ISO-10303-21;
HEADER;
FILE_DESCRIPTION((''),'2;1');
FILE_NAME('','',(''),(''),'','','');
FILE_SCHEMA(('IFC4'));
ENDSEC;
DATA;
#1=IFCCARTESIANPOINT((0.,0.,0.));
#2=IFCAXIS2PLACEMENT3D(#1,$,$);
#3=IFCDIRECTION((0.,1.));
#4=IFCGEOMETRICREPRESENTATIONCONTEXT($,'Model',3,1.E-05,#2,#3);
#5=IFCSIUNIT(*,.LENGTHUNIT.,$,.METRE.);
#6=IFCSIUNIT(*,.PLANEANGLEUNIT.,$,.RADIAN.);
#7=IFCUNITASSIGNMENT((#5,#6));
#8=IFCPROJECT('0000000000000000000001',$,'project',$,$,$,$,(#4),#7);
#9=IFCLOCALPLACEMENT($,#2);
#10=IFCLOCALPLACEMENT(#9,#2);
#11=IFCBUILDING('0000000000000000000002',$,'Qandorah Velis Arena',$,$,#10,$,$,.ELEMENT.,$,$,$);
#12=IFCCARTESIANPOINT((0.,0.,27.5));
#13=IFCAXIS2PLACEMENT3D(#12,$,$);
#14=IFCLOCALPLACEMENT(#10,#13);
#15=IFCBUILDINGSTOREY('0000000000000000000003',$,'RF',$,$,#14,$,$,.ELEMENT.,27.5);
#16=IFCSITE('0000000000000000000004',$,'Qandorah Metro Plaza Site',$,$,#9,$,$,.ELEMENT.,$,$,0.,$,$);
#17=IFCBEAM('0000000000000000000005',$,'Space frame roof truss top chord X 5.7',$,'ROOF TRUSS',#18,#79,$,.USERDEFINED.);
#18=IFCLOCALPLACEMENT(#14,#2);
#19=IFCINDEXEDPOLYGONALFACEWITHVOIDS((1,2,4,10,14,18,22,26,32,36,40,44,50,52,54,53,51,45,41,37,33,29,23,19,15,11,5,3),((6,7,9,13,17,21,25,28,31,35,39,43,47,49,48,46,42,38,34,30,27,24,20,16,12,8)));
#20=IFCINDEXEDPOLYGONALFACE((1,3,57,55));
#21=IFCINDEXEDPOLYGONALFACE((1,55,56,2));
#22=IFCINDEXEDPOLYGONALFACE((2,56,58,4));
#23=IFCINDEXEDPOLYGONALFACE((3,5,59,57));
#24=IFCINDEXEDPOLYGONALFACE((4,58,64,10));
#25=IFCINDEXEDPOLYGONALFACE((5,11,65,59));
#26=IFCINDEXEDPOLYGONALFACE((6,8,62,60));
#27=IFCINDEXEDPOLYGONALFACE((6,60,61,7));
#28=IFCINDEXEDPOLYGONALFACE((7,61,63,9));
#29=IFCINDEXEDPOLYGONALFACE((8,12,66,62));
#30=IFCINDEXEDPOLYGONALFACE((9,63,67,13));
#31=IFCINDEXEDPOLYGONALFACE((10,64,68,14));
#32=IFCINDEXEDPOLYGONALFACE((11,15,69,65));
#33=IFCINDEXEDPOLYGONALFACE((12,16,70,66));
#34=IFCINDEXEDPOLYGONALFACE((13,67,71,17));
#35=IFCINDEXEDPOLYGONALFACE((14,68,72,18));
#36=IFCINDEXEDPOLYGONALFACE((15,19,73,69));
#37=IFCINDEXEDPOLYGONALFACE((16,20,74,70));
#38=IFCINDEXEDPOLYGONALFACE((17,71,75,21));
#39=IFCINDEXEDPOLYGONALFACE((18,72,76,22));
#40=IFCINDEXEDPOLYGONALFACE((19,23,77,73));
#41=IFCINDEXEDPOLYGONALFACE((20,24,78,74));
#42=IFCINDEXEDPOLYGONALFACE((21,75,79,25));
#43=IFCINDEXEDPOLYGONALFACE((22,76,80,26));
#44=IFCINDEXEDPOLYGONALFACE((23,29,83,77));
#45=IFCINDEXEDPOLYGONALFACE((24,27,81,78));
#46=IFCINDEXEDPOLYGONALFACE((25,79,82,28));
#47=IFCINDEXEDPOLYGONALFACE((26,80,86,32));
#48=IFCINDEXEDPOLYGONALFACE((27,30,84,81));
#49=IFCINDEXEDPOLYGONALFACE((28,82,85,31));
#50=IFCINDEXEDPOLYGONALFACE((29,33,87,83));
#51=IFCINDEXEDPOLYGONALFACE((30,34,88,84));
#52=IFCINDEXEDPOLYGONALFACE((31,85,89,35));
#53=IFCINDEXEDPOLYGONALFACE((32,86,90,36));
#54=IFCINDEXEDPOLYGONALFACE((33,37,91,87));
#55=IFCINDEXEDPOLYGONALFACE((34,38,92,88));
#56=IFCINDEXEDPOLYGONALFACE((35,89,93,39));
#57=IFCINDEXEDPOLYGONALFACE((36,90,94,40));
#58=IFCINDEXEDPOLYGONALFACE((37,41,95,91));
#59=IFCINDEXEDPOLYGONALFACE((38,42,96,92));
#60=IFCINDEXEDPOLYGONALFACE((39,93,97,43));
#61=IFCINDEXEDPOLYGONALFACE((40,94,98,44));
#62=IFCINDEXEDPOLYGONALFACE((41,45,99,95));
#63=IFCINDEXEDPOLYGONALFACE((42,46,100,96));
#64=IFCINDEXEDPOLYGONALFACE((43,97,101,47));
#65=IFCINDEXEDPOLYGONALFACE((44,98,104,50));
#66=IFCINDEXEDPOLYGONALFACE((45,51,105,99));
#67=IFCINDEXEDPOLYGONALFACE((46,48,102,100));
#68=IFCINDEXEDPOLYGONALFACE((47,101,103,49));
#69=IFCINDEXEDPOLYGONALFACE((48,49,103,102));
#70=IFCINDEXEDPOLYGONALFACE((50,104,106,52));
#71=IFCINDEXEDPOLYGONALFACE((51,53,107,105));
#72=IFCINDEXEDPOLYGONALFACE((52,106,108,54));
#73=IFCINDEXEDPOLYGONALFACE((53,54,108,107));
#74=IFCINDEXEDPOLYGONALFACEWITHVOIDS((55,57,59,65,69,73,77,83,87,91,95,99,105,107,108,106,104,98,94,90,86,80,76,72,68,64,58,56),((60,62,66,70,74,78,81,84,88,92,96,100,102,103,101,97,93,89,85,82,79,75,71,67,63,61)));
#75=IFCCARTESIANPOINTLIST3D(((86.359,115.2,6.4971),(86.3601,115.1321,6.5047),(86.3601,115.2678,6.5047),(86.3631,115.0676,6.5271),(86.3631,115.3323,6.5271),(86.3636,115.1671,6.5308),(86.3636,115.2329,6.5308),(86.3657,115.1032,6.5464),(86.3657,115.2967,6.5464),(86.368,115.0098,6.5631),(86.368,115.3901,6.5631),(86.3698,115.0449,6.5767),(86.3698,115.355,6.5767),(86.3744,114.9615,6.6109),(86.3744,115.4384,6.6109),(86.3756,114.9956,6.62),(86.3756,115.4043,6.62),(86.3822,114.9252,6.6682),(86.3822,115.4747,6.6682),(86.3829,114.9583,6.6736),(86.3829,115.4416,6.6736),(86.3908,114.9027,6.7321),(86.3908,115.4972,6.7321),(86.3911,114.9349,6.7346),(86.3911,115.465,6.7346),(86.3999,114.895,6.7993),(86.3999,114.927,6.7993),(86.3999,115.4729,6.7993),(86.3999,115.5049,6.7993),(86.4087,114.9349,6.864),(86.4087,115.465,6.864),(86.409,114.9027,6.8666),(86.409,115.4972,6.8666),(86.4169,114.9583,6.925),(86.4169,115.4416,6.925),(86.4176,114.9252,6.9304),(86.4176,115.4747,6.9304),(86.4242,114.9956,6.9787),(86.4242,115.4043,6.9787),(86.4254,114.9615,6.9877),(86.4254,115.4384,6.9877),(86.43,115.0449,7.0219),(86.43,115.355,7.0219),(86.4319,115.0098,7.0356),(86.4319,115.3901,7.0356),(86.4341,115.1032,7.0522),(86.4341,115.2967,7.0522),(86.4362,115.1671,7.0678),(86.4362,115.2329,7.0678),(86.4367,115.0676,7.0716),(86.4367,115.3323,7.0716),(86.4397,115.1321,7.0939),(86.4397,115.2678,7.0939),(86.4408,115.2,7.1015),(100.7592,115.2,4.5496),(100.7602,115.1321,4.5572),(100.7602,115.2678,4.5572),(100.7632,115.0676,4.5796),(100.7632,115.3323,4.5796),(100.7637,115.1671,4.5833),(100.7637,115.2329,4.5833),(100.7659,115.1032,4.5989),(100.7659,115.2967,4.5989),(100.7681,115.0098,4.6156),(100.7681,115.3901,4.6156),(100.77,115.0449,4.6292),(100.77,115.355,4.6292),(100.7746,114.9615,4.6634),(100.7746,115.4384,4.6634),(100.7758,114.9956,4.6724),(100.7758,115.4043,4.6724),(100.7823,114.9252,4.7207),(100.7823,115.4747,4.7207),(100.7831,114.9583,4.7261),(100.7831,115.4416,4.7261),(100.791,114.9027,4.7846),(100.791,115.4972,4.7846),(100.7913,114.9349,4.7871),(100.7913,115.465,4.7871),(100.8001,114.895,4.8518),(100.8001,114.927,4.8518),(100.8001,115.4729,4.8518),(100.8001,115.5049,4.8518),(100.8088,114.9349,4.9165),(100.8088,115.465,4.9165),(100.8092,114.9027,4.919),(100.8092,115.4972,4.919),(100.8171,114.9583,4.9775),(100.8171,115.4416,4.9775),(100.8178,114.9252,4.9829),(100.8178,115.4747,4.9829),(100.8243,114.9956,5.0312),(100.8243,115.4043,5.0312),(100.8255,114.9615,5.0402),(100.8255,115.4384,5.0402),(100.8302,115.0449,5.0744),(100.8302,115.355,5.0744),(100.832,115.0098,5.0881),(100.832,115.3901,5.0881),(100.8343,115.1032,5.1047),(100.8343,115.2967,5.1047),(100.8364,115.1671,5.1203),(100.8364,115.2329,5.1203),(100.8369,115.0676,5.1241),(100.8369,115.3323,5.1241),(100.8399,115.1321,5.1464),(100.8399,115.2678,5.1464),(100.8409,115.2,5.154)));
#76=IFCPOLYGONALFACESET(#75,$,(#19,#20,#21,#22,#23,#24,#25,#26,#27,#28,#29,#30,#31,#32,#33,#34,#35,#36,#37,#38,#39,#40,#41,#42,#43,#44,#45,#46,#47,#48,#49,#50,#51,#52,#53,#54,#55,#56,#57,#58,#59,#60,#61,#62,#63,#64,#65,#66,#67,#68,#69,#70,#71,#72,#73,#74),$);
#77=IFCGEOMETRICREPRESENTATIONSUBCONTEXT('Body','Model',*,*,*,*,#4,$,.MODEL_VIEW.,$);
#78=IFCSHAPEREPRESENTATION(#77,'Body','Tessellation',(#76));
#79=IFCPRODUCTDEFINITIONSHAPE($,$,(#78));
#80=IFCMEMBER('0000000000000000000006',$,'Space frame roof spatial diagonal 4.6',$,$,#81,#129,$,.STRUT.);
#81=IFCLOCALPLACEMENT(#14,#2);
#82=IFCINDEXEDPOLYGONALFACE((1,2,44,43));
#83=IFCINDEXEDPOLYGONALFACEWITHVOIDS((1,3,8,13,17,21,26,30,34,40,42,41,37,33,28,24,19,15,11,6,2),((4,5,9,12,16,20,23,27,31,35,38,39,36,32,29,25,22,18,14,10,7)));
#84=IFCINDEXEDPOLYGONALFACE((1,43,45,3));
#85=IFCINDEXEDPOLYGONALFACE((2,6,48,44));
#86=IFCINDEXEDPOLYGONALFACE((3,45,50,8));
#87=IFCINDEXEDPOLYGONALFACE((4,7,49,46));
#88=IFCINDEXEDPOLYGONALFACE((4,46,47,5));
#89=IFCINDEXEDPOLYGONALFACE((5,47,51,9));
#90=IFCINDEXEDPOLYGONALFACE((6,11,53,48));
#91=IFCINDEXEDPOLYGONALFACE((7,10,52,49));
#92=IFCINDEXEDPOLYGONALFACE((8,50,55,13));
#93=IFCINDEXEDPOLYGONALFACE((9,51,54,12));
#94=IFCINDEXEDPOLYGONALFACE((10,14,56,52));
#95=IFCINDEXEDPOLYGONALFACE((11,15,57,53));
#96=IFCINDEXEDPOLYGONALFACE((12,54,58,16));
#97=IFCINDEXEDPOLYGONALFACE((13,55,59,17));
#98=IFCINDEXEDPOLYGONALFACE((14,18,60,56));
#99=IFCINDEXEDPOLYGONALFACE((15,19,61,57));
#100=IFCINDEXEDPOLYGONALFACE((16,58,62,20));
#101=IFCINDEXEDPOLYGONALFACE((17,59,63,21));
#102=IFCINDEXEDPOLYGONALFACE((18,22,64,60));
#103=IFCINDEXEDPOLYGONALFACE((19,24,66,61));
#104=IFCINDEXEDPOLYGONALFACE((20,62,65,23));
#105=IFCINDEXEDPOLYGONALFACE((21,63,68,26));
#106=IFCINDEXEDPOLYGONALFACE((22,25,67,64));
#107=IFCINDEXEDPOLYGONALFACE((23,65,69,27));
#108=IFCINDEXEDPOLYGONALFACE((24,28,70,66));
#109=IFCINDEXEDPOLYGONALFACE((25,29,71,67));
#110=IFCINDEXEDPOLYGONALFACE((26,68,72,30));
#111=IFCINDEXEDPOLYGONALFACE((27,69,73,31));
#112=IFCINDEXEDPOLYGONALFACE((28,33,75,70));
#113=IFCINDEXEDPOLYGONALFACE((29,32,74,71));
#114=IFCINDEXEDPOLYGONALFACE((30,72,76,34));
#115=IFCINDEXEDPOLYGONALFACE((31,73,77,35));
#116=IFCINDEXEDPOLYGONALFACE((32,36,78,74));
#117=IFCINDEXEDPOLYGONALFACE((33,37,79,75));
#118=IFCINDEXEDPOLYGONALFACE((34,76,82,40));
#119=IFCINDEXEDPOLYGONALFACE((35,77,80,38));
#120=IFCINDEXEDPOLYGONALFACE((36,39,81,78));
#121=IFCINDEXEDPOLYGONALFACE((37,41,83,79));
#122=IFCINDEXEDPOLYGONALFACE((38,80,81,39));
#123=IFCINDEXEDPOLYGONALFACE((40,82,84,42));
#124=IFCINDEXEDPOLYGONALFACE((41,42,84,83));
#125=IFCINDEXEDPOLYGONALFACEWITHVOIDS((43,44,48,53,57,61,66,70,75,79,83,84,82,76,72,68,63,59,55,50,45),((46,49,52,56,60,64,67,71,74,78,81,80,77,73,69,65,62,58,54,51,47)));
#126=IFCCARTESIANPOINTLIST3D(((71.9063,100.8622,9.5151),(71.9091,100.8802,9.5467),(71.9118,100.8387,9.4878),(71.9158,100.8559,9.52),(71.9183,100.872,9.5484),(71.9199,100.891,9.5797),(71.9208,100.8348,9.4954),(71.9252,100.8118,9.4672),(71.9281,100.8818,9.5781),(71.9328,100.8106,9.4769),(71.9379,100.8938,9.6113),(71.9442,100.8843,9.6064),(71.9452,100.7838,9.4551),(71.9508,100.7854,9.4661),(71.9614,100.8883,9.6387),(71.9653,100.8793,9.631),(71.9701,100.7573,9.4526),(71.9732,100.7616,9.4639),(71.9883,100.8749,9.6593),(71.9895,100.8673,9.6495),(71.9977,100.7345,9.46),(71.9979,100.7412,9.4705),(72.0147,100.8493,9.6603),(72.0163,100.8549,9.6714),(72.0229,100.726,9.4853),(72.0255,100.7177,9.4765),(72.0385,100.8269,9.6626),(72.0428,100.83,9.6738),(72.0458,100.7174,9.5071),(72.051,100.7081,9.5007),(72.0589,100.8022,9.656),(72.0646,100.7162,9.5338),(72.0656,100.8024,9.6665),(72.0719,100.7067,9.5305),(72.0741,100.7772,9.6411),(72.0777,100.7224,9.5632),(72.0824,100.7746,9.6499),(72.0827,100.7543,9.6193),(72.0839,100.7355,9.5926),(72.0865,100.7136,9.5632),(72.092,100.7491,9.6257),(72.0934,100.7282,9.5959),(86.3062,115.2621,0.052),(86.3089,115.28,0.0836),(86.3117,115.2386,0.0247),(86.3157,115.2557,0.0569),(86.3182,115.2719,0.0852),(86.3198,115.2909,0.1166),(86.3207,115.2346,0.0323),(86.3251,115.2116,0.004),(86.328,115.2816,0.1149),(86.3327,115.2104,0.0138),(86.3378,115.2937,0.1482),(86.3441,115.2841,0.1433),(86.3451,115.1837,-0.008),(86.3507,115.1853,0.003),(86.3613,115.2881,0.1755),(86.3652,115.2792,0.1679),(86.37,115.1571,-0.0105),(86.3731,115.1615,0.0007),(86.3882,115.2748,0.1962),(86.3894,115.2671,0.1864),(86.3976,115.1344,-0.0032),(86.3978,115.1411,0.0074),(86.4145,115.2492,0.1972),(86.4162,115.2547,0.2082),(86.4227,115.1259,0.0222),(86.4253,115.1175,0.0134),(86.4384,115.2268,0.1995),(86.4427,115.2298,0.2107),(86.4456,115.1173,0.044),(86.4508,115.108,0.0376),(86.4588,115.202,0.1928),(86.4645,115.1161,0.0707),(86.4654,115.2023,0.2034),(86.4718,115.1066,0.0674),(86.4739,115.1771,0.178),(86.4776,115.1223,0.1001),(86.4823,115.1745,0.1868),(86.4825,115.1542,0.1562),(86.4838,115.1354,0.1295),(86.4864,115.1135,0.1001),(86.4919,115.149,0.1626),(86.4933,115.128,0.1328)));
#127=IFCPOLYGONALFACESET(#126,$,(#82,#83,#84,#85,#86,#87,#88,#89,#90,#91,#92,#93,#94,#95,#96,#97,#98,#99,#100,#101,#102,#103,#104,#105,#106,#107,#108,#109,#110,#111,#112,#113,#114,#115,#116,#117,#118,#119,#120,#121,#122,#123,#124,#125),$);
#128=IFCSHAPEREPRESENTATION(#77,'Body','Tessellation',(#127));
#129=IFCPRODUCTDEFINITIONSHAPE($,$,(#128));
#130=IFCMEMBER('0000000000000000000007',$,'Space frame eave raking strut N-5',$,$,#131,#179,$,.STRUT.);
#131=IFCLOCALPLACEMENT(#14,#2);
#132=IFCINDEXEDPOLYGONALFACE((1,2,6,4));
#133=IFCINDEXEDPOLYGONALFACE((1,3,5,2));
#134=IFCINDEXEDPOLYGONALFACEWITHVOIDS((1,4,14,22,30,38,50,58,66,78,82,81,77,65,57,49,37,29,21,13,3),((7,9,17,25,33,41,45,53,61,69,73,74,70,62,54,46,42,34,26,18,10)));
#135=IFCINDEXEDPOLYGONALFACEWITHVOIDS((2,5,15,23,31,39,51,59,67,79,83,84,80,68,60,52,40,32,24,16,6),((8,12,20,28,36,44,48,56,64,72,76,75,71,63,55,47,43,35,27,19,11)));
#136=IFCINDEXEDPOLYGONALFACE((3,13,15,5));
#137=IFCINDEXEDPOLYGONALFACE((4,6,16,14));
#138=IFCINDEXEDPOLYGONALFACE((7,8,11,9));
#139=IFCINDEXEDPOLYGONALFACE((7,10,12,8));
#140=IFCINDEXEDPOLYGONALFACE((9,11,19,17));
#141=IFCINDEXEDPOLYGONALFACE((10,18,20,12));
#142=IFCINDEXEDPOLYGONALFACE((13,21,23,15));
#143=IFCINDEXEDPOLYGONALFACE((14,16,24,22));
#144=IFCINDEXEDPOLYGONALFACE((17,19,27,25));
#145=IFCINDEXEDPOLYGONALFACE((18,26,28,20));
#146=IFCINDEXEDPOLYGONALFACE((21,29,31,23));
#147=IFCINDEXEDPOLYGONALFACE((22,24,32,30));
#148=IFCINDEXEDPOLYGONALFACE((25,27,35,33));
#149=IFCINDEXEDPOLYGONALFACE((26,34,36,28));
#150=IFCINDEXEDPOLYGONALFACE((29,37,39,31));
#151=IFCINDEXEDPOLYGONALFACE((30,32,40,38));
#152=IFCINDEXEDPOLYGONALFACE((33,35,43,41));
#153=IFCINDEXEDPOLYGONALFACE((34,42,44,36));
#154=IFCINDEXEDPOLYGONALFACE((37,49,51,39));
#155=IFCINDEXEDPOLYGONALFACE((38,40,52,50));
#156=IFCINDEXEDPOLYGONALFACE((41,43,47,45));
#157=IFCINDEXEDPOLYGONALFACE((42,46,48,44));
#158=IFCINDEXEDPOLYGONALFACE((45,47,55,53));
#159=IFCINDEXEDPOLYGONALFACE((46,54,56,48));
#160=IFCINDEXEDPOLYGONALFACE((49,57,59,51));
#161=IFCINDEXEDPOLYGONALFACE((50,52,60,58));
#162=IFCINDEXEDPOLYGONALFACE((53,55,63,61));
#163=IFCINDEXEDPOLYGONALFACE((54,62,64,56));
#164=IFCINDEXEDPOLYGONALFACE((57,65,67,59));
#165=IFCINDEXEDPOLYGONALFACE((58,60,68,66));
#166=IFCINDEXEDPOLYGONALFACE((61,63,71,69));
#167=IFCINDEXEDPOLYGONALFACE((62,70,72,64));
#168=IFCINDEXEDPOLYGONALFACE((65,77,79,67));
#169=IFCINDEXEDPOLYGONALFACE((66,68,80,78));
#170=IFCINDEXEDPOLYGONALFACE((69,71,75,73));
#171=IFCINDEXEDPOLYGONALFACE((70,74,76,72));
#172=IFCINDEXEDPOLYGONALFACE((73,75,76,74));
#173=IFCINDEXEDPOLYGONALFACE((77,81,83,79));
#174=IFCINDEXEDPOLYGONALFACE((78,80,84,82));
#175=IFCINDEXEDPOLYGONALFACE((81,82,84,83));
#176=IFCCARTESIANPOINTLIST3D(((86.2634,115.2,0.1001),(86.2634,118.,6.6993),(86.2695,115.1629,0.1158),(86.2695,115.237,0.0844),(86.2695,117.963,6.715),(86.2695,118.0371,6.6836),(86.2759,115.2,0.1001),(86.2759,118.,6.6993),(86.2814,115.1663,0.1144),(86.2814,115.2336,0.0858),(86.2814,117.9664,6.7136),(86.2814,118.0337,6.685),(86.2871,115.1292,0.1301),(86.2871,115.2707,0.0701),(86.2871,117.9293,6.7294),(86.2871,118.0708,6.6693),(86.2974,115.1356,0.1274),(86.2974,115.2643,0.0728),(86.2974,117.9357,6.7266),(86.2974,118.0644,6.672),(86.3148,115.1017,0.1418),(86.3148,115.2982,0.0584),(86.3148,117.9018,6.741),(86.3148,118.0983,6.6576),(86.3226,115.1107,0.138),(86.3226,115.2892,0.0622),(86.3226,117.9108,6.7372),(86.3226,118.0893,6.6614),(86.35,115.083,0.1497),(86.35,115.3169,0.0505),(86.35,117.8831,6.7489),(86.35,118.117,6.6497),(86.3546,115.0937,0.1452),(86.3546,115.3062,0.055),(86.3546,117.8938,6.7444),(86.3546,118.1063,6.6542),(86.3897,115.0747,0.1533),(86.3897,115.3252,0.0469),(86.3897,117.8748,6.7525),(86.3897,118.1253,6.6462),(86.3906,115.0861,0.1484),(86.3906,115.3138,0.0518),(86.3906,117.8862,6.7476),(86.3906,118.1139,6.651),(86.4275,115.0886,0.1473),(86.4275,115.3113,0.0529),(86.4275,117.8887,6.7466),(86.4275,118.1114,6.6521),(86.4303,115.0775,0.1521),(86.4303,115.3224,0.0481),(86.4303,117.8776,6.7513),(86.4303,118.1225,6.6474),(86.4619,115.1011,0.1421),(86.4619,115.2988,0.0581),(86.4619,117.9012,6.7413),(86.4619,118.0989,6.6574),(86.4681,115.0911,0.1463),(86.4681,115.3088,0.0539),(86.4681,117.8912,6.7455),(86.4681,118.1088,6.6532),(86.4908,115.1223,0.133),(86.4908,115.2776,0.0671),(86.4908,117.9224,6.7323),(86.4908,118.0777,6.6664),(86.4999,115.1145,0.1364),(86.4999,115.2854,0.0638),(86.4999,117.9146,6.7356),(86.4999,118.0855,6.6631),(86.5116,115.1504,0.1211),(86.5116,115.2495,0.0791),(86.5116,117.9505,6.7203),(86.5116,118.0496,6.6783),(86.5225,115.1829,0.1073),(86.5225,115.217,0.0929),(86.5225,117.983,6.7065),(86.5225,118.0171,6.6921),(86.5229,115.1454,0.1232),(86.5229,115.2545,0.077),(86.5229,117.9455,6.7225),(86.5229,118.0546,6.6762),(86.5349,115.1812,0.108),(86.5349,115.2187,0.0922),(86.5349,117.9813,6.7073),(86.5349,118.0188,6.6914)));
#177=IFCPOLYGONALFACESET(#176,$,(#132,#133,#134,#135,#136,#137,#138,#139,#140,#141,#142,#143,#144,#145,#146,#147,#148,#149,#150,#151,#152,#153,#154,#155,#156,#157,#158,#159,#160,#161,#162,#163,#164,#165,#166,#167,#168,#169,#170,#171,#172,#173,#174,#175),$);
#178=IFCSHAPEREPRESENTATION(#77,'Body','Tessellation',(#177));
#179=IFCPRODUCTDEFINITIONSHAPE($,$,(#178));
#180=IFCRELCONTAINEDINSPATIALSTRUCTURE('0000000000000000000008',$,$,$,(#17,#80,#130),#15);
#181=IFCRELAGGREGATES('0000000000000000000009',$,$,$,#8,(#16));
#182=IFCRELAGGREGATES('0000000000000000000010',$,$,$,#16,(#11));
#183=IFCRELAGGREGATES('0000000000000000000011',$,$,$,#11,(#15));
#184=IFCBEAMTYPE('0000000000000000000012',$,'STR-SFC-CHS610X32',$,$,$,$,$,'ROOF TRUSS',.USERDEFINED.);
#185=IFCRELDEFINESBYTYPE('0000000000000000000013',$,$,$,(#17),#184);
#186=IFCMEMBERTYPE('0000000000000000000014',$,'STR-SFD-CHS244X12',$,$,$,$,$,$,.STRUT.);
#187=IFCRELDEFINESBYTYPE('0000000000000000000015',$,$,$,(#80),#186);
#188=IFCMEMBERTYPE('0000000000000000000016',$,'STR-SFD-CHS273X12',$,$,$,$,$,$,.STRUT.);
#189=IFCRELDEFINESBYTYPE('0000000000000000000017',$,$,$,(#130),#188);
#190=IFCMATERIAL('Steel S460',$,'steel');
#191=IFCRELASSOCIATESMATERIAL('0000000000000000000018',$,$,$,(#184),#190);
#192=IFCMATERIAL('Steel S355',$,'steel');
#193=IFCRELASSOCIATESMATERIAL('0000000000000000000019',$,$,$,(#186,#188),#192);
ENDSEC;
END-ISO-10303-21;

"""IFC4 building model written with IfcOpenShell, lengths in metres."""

from ifc_helpers import new_model, si_unit, direction, frame, origin, origin_2d, place, context, subcontext, project, spatial, hollow_circle, extrude, material, material_profile, profile_set, type_object, element, save


model = new_model("IFC4")

# Units and contexts
model_context = context("Model", 3, precision=1e-05, world=origin(), true_north=direction((0.0, 1.0)))
body_context = subcontext(model_context, "Body", "Model", "MODEL_VIEW")
ifc_project = project(units=[si_unit("LENGTHUNIT", "METRE"), si_unit("PLANEANGLEUNIT", "RADIAN")], contexts=[model_context])

# Site, building, storey
site_placement = place(None, origin())
site = spatial("IfcSite", under=ifc_project, at=site_placement, Name="Qandorah Metro Plaza Site", CompositionType="ELEMENT", RefElevation=0.0)
building_placement = place(site_placement, origin())
building = spatial("IfcBuilding", under=site, at=building_placement, Name="Qandorah Velis Arena", CompositionType="ELEMENT")
storey_placement = place(building_placement, frame((0.0, 0.0, 27.5)))
storey = spatial("IfcBuildingStorey", under=building, at=storey_placement, Name="RF", CompositionType="ELEMENT", Elevation=27.5)

# Beam
ifc_material_1 = material(Name="Steel S355", Category="steel")
ifc_material_2 = material(Name="Steel S460", Category="steel")
ifc_material_profile_1 = material_profile(ifc_material_2, hollow_circle(Radius=0.3049, WallThickness=0.032, at=origin_2d()), Name="CHS 610x32")
ifc_profile_set_1 = profile_set([ifc_material_profile_1], Name="Steel S460")
beam_type_1 = type_object("IfcBeamType", Name="STR-SFC-CHS610X32", ElementType="ROOF TRUSS", PredefinedType="USERDEFINED", material=ifc_profile_set_1)
beam_1_placement = place(storey_placement, frame((86.3999, 115.2, 6.7993), z_axis=(0.990978, 0.0, -0.134022), x_axis=(0.0, 1.0, 0.0)))
element("IfcBeam", 1, at=beam_1_placement, inside=storey, type_object=beam_type_1, Name="Space frame roof truss top chord X 5.7", ObjectType="ROOF TRUSS", PredefinedType="USERDEFINED", context=body_context, shape_type="SweptSolid", body=[
    extrude(hollow_circle(Radius=0.3049, WallThickness=0.032, at=origin_2d()), origin(), (0.0, 0.0, 1.0), 14.5312),
])

# Members
ifc_material_profile_2 = material_profile(ifc_material_1, hollow_circle(Radius=0.1223, WallThickness=0.0125, at=origin_2d()), Name="CHS 244.5x12.5")
ifc_profile_set_2 = profile_set([ifc_material_profile_2], Name="Steel S355")
member_type_1 = type_object("IfcMemberType", Name="STR-SFD-CHS244X12", PredefinedType="STRUT", material=ifc_profile_set_2)
member_1_placement = place(storey_placement, frame((86.3999, 115.2, 0.1001), z_axis=(-0.641254, -0.641254, 0.421411), x_axis=(0.707107, -0.707107, 0.0)))
element("IfcMember", 2, at=member_1_placement, inside=storey, type_object=member_type_1, Name="Space frame roof spatial diagonal 4.6", PredefinedType="STRUT", context=body_context, shape_type="SweptSolid", body=[
    extrude(hollow_circle(Radius=0.1223, WallThickness=0.0125, at=origin_2d()), origin(), (0.0, 0.0, 1.0), 22.4558),
])
ifc_material_profile_3 = material_profile(ifc_material_1, hollow_circle(Radius=0.1365, WallThickness=0.0125, at=origin_2d()), Name="CHS 273x12.5")
ifc_profile_set_3 = profile_set([ifc_material_profile_3], Name="Steel S355")
member_type_2 = type_object("IfcMemberType", Name="STR-SFD-CHS273X12", PredefinedType="STRUT", material=ifc_profile_set_3)
member_2_placement = place(storey_placement, frame((86.3999, 115.2, 0.1001), z_axis=(0.0, 0.3906, 0.920561), x_axis=(-1.0, 0.0, 0.0)))
element("IfcMember", 3, at=member_2_placement, inside=storey, type_object=member_type_2, Name="Space frame eave raking strut N-5", PredefinedType="STRUT", context=body_context, shape_type="SweptSolid", body=[
    extrude(hollow_circle(Radius=0.1365, WallThickness=0.0125, at=origin_2d()), origin(), (0.0, 0.0, 1.0), 7.1687),
])

save(model, "model.ifc")
